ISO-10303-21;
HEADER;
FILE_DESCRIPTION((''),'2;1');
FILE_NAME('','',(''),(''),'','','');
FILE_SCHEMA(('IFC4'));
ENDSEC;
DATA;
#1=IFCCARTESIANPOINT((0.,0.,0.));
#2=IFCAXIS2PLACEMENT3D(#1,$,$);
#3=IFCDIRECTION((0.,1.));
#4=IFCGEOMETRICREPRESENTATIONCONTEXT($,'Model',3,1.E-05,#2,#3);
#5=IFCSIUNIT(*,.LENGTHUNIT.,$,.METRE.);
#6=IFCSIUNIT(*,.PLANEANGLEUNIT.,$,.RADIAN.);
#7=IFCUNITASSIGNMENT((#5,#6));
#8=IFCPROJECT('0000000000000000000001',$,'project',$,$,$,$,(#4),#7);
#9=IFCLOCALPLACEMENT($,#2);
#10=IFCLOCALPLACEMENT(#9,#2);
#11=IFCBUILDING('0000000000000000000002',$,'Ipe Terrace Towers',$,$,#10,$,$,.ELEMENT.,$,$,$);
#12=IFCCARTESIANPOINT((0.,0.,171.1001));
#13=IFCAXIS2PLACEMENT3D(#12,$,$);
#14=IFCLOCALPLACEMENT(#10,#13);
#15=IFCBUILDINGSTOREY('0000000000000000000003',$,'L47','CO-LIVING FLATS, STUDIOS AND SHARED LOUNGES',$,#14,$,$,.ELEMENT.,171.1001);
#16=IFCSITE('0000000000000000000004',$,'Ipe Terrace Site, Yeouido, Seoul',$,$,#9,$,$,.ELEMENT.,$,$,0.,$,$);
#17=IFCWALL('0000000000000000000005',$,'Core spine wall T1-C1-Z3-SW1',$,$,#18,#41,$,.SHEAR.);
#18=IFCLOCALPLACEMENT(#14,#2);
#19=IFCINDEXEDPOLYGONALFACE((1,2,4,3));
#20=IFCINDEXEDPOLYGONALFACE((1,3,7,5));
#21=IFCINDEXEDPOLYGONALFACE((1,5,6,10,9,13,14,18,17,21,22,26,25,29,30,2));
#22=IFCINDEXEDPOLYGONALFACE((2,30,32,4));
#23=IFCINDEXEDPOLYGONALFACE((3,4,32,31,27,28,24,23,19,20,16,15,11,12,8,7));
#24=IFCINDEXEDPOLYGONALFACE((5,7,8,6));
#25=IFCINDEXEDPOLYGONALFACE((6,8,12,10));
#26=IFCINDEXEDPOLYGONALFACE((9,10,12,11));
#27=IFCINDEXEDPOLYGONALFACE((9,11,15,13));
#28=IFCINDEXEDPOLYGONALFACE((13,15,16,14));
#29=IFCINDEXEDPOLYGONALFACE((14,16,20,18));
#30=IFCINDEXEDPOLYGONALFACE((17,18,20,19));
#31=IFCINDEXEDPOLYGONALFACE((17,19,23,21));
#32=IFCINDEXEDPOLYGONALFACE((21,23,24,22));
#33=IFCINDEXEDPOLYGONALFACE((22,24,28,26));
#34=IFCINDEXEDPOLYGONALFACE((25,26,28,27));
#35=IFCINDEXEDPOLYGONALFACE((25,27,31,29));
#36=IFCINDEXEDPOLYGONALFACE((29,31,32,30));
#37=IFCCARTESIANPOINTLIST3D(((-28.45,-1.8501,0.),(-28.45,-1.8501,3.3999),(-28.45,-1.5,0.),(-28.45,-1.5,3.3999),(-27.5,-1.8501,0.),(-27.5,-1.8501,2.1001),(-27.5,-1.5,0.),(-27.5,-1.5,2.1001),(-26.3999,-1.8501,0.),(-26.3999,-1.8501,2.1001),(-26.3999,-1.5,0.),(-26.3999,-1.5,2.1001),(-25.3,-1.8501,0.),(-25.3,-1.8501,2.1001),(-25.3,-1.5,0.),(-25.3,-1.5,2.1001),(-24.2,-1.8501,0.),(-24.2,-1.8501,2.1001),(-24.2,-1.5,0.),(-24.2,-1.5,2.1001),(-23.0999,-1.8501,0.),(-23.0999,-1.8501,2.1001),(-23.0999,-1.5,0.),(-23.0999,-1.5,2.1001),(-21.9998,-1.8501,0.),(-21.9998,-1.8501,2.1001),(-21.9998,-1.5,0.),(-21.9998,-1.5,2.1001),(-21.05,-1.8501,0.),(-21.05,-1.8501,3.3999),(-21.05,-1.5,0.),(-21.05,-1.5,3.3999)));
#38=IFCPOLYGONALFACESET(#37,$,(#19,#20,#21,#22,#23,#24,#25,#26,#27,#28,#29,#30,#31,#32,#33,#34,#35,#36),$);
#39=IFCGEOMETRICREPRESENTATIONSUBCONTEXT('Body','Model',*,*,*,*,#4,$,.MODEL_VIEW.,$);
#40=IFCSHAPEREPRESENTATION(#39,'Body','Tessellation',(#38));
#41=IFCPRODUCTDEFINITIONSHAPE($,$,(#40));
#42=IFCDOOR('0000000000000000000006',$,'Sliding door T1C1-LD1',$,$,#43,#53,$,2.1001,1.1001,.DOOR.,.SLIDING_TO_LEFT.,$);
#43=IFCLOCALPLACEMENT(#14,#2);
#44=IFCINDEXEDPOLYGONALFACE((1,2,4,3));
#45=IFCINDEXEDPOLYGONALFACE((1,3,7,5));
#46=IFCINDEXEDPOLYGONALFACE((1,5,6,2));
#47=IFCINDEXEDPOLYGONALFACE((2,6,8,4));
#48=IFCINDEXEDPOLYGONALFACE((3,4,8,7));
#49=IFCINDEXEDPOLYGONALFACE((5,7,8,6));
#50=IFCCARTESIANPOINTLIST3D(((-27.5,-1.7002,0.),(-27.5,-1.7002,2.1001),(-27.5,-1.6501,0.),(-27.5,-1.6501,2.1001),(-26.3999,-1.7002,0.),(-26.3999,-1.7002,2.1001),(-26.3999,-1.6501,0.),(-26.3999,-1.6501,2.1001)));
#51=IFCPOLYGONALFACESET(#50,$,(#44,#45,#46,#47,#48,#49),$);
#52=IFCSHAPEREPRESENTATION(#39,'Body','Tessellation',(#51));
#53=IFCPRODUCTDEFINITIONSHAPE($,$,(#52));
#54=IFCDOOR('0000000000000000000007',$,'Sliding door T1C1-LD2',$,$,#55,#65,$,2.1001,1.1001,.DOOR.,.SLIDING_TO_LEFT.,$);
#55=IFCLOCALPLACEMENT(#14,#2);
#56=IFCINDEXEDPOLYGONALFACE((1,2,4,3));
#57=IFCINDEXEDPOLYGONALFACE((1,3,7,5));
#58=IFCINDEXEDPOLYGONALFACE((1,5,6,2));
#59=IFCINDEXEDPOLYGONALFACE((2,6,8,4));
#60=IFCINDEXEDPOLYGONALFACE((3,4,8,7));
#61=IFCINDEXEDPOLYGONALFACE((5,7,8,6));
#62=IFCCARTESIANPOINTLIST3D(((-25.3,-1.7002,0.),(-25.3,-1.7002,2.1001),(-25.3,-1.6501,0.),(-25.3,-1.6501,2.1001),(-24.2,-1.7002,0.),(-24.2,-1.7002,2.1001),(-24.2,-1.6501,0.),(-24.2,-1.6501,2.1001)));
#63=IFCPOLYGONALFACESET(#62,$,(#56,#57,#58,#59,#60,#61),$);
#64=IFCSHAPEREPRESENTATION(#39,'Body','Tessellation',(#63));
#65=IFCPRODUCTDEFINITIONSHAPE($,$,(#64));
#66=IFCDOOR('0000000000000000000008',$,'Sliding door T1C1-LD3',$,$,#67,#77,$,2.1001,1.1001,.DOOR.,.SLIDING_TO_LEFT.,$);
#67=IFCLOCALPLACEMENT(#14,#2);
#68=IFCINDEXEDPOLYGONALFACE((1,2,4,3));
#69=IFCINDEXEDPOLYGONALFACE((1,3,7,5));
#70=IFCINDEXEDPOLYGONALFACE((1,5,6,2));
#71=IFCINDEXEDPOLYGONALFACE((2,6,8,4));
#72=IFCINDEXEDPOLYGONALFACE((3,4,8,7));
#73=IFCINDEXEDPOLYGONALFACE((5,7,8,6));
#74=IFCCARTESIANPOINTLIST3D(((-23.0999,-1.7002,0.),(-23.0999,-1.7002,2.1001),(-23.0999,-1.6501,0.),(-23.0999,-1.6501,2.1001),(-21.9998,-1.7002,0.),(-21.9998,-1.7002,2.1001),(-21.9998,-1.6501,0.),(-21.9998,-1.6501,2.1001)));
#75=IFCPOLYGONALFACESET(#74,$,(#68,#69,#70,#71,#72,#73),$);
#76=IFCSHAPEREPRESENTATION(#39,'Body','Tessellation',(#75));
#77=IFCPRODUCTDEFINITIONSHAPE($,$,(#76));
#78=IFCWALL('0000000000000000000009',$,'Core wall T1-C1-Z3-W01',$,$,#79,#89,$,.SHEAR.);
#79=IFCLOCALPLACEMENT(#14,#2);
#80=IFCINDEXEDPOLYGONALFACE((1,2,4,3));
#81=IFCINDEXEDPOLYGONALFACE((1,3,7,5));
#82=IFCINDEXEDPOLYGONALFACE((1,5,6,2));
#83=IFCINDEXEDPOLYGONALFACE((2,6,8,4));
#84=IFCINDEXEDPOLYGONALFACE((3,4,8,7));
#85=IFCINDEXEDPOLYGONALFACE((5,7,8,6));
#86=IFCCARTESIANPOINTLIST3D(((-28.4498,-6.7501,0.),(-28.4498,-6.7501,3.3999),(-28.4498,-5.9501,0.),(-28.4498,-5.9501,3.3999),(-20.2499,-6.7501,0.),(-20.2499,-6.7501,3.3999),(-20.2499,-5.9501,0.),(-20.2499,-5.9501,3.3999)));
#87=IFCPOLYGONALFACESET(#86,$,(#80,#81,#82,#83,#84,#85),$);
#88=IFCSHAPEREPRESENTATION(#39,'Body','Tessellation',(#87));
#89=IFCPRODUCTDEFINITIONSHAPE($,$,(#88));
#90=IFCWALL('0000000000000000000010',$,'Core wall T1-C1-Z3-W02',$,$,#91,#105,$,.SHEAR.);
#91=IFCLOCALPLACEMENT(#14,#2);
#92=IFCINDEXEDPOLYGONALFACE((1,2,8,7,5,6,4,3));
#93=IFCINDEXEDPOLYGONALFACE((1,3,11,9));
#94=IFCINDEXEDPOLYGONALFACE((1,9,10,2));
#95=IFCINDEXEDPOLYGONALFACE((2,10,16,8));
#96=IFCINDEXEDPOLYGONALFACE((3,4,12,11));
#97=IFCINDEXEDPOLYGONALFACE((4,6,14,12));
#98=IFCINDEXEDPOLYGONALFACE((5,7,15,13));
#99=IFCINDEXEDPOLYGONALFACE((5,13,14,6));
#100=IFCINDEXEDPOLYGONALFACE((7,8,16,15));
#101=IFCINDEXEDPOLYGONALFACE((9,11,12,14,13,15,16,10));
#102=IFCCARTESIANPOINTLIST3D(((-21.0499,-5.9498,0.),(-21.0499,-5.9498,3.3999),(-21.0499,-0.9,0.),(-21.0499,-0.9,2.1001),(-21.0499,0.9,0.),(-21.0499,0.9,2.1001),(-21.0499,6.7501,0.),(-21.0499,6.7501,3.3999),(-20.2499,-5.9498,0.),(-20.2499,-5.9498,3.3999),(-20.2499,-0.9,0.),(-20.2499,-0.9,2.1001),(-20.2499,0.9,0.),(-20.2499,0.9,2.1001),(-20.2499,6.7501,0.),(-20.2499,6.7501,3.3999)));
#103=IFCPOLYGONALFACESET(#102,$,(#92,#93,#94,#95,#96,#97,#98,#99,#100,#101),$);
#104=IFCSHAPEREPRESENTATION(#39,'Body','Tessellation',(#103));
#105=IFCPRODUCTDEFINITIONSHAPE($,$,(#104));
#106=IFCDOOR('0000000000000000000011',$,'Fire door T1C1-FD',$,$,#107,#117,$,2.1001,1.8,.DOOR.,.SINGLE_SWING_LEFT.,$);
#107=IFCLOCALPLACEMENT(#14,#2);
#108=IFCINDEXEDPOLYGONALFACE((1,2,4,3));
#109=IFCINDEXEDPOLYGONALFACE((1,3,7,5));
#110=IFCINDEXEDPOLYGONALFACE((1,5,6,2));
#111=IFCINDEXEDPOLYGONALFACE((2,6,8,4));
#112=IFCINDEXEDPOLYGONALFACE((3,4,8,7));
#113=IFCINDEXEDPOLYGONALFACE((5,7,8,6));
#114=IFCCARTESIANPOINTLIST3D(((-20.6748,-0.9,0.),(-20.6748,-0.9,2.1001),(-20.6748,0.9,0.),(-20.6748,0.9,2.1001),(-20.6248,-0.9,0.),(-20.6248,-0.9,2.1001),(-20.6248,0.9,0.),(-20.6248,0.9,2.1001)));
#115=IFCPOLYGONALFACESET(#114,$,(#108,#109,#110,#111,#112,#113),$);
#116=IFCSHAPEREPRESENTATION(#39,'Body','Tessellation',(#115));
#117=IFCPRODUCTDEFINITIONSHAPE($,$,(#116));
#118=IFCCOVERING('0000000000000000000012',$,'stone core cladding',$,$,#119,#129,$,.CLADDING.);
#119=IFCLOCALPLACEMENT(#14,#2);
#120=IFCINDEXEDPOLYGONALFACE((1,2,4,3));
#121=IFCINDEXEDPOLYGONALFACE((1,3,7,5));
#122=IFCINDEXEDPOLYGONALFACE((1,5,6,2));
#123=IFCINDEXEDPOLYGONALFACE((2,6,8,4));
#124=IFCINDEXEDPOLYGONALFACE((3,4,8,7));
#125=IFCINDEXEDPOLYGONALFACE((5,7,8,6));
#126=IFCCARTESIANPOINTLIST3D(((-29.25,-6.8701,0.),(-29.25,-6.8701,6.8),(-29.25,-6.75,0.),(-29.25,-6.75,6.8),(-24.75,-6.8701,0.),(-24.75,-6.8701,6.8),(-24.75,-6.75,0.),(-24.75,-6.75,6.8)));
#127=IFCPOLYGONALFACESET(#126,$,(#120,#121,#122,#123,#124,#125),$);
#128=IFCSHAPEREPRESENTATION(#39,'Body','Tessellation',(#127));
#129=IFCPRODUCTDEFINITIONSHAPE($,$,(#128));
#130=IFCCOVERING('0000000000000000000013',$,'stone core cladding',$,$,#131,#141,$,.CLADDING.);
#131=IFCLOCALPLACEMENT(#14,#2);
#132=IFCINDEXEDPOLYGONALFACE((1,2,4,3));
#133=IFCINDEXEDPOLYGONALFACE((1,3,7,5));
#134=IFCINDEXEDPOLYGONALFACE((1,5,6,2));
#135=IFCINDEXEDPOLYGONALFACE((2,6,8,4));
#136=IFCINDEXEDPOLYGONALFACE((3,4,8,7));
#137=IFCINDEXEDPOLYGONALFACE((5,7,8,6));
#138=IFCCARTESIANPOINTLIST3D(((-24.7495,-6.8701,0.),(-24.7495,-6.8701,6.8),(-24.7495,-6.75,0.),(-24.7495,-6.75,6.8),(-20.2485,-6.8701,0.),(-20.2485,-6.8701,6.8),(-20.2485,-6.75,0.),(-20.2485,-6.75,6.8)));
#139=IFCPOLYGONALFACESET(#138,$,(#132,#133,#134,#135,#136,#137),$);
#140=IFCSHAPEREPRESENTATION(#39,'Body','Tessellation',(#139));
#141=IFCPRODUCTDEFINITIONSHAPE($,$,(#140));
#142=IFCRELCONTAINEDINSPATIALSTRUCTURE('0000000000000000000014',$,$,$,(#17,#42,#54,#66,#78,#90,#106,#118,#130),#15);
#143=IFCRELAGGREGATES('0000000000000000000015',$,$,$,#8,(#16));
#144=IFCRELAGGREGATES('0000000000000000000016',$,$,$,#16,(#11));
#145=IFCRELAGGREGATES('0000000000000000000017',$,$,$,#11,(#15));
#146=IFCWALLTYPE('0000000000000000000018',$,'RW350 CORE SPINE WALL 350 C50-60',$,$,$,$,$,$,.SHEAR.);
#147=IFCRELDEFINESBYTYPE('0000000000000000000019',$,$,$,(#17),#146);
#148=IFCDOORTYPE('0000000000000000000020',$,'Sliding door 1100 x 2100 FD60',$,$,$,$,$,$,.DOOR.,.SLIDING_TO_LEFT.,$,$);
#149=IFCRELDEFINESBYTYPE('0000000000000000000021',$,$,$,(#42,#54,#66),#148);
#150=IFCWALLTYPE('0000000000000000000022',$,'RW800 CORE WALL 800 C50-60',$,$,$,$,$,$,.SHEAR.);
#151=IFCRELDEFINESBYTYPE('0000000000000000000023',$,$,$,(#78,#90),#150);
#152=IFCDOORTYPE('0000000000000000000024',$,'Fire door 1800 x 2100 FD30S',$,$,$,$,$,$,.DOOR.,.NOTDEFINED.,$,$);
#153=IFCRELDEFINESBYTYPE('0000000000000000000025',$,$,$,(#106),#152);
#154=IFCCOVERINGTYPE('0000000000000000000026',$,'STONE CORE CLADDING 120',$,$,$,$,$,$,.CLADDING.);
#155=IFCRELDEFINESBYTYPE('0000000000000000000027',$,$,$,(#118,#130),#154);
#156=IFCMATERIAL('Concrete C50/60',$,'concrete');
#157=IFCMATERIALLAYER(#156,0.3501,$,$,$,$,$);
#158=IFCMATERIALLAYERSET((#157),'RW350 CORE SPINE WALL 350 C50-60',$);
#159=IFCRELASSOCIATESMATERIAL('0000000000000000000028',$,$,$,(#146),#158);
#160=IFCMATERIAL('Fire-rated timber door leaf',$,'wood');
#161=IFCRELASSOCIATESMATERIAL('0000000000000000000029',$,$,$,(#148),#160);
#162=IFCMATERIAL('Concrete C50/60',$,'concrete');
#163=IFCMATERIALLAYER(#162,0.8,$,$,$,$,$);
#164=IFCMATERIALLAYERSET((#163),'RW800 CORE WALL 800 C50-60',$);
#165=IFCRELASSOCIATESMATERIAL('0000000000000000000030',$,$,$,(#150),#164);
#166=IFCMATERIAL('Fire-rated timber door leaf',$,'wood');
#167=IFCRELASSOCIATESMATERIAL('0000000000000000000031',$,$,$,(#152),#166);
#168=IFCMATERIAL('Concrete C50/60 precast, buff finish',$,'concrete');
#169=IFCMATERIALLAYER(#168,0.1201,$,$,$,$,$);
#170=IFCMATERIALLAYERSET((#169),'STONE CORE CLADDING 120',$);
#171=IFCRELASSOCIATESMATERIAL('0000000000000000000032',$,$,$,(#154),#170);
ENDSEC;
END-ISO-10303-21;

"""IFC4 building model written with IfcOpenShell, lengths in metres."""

from ifc_helpers import new_model, si_unit, direction, frame, frame_2d, origin, origin_2d, place, context, subcontext, project, spatial, rectangle, extrude, material, layer, layer_set, type_object, element, fill, save


model = new_model("IFC4")

# Units and contexts
model_context = context("Model", 3, precision=1e-05, world=origin(), true_north=direction((0.0, 1.0)))
body_context = subcontext(model_context, "Body", "Model", "MODEL_VIEW")
ifc_project = project(units=[si_unit("LENGTHUNIT", "METRE"), si_unit("PLANEANGLEUNIT", "RADIAN")], contexts=[model_context])

# Site, building, storey
site_placement = place(None, origin())
site = spatial("IfcSite", under=ifc_project, at=site_placement, Name="Ipe Terrace Site, Yeouido, Seoul", CompositionType="ELEMENT", RefElevation=0.0)
building_placement = place(site_placement, origin())
building = spatial("IfcBuilding", under=site, at=building_placement, Name="Ipe Terrace Towers", CompositionType="ELEMENT")
storey_placement = place(building_placement, frame((0.0, 0.0, 171.1001)))
storey = spatial("IfcBuildingStorey", under=building, at=storey_placement, Name="L47", Description="CO-LIVING FLATS, STUDIOS AND SHARED LOUNGES", CompositionType="ELEMENT", Elevation=171.1001)

# Wall, openings, doors
ifc_material_1 = material(Name="Concrete C50/60", Category="concrete")
ifc_layer_1 = layer(ifc_material_1, 0.3501)
ifc_layer_set_1 = layer_set([ifc_layer_1], Name="RW350 CORE SPINE WALL 350 C50-60")
wall_type_1 = type_object("IfcWallType", Name="RW350 CORE SPINE WALL 350 C50-60", PredefinedType="SHEAR", material=ifc_layer_set_1)
wall_1_placement = place(storey_placement, frame((-28.45, -1.675, 0.0), z_axis=(0.0, 0.0, 1.0), x_axis=(1.0, 0.0, 0.0)))
wall_1 = element("IfcWall", 1, at=wall_1_placement, inside=storey, type_object=wall_type_1, Name="Core spine wall T1-C1-Z3-SW1", PredefinedType="SHEAR", context=body_context, shape_type="SweptSolid", body=[
    extrude(rectangle(XDim=7.3999, YDim=0.3501, at=frame_2d((3.7, 0.0))), origin(), (0.0, 0.0, 1.0), 3.3999),
])
opening_1_placement = place(wall_1_placement, frame((0.95, 0.0, 0.0)))
opening_1 = element("IfcOpeningElement", 2, at=opening_1_placement, cuts=wall_1, PredefinedType="OPENING", context=body_context, shape_type="SweptSolid", body=[
    extrude(rectangle(XDim=1.1001, YDim=2.1001, at=frame_2d((0.55, 1.05))), frame((0.0, 0.1851, 0.0), z_axis=(0.0, -1.0, 0.0), x_axis=(1.0, 0.0, 0.0)), (0.0, 0.0, 1.0), 0.3701),
])
opening_2_placement = place(wall_1_placement, frame((3.1499, 0.0, 0.0)))
opening_2 = element("IfcOpeningElement", 3, at=opening_2_placement, cuts=wall_1, PredefinedType="OPENING", context=body_context, shape_type="SweptSolid", body=[
    extrude(rectangle(XDim=1.1001, YDim=2.1001, at=frame_2d((0.55, 1.05))), frame((0.0, 0.1851, 0.0), z_axis=(0.0, -1.0, 0.0), x_axis=(1.0, 0.0, 0.0)), (0.0, 0.0, 1.0), 0.3701),
])
opening_3_placement = place(wall_1_placement, frame((5.3501, 0.0, 0.0)))
opening_3 = element("IfcOpeningElement", 4, at=opening_3_placement, cuts=wall_1, PredefinedType="OPENING", context=body_context, shape_type="SweptSolid", body=[
    extrude(rectangle(XDim=1.1001, YDim=2.1001, at=frame_2d((0.55, 1.05))), frame((0.0, 0.1851, 0.0), z_axis=(0.0, -1.0, 0.0), x_axis=(1.0, 0.0, 0.0)), (0.0, 0.0, 1.0), 0.3701),
])
ifc_material_2 = material(Name="Fire-rated timber door leaf", Category="wood")
door_type_1 = type_object("IfcDoorType", Name="Sliding door 1100 x 2100 FD60", OperationType="SLIDING_TO_LEFT", PredefinedType="DOOR", material=ifc_material_2)
door_1_placement = place(opening_1_placement, origin())
door_1 = element("IfcDoor", 5, at=door_1_placement, inside=storey, type_object=door_type_1, Name="Sliding door T1C1-LD1", OperationType="SLIDING_TO_LEFT", OverallHeight=2.1001, OverallWidth=1.1001, PredefinedType="DOOR", context=body_context, shape_type="SweptSolid", body=[
    extrude(rectangle(XDim=1.1001, YDim=2.1001, at=frame_2d((0.55, 1.05))), frame((0.0, 0.0249, 0.0), z_axis=(0.0, -1.0, 0.0), x_axis=(1.0, 0.0, 0.0)), (0.0, 0.0, 1.0), 0.05),
])
fill(opening_1, door_1)
door_2_placement = place(opening_2_placement, origin())
door_2 = element("IfcDoor", 6, at=door_2_placement, inside=storey, type_object=door_type_1, Name="Sliding door T1C1-LD2", OperationType="SLIDING_TO_LEFT", OverallHeight=2.1001, OverallWidth=1.1001, PredefinedType="DOOR", context=body_context, shape_type="SweptSolid", body=[
    extrude(rectangle(XDim=1.1001, YDim=2.1001, at=frame_2d((0.55, 1.05))), frame((0.0, 0.0249, 0.0), z_axis=(0.0, -1.0, 0.0), x_axis=(1.0, 0.0, 0.0)), (0.0, 0.0, 1.0), 0.05),
])
fill(opening_2, door_2)
door_3_placement = place(opening_3_placement, origin())
door_3 = element("IfcDoor", 7, at=door_3_placement, inside=storey, type_object=door_type_1, Name="Sliding door T1C1-LD3", OperationType="SLIDING_TO_LEFT", OverallHeight=2.1001, OverallWidth=1.1001, PredefinedType="DOOR", context=body_context, shape_type="SweptSolid", body=[
    extrude(rectangle(XDim=1.1001, YDim=2.1001, at=frame_2d((0.55, 1.05))), frame((0.0, 0.0249, 0.0), z_axis=(0.0, -1.0, 0.0), x_axis=(1.0, 0.0, 0.0)), (0.0, 0.0, 1.0), 0.05),
])
fill(opening_3, door_3)

# Wall
ifc_material_3 = material(Name="Concrete C50/60", Category="concrete")
ifc_layer_2 = layer(ifc_material_3, 0.8)
ifc_layer_set_2 = layer_set([ifc_layer_2], Name="RW800 CORE WALL 800 C50-60")
wall_type_2 = type_object("IfcWallType", Name="RW800 CORE WALL 800 C50-60", PredefinedType="SHEAR", material=ifc_layer_set_2)
wall_2_placement = place(storey_placement, frame((-28.45, -6.3501, 0.0), z_axis=(0.0, 0.0, 1.0), x_axis=(1.0, 0.0, 0.0)))
element("IfcWall", 8, at=wall_2_placement, inside=storey, type_object=wall_type_2, Name="Core wall T1-C1-Z3-W01", PredefinedType="SHEAR", context=body_context, shape_type="SweptSolid", body=[
    extrude(rectangle(XDim=8.2, YDim=0.8, at=frame_2d((4.1001, 0.0))), origin(), (0.0, 0.0, 1.0), 3.3999),
])

# Wall, opening, door
wall_3_placement = place(storey_placement, frame((-20.6499, -5.95, 0.0), z_axis=(0.0, 0.0, 1.0), x_axis=(0.0, 1.0, 0.0)))
wall_3 = element("IfcWall", 9, at=wall_3_placement, inside=storey, type_object=wall_type_2, Name="Core wall T1-C1-Z3-W02", PredefinedType="SHEAR", context=body_context, shape_type="SweptSolid", body=[
    extrude(rectangle(XDim=12.7, YDim=0.8, at=frame_2d((6.3501, 0.0))), origin(), (0.0, 0.0, 1.0), 3.3999),
])
opening_4_placement = place(wall_3_placement, frame((5.05, 0.0, 0.0)))
opening_4 = element("IfcOpeningElement", 10, at=opening_4_placement, cuts=wall_3, PredefinedType="OPENING", context=body_context, shape_type="SweptSolid", body=[
    extrude(rectangle(XDim=1.8, YDim=2.1001, at=frame_2d((0.8999, 1.05))), frame((0.0, 0.4102, 0.0), z_axis=(0.0, -1.0, 0.0), x_axis=(1.0, 0.0, 0.0)), (0.0, 0.0, 1.0), 0.8201),
])
ifc_material_4 = material(Name="Fire-rated timber door leaf", Category="wood")
door_type_2 = type_object("IfcDoorType", Name="Fire door 1800 x 2100 FD30S", OperationType="NOTDEFINED", PredefinedType="DOOR", material=ifc_material_4)
door_4_placement = place(opening_4_placement, origin())
door_4 = element("IfcDoor", 11, at=door_4_placement, inside=storey, type_object=door_type_2, Name="Fire door T1C1-FD", OperationType="SINGLE_SWING_LEFT", OverallHeight=2.1001, OverallWidth=1.8, PredefinedType="DOOR", context=body_context, shape_type="SweptSolid", body=[
    extrude(rectangle(XDim=1.8, YDim=2.1001, at=frame_2d((0.8999, 1.05))), frame((0.0, 0.0249, 0.0), z_axis=(0.0, -1.0, 0.0), x_axis=(1.0, 0.0, 0.0)), (0.0, 0.0, 1.0), 0.05),
])
fill(opening_4, door_4)

# Coverings
ifc_material_5 = material(Name="Concrete C50/60 precast, buff finish", Category="concrete")
ifc_layer_3 = layer(ifc_material_5, 0.1201)
ifc_layer_set_3 = layer_set([ifc_layer_3], Name="STONE CORE CLADDING 120")
covering_type = type_object("IfcCoveringType", Name="STONE CORE CLADDING 120", PredefinedType="CLADDING", material=ifc_layer_set_3)
covering_1_placement = place(storey_placement, frame((-27.0, -6.8101, 0.0), z_axis=(0.0, 0.0, 1.0), x_axis=(1.0, 0.0, 0.0)))
element("IfcCovering", 12, at=covering_1_placement, inside=storey, type_object=covering_type, Name="stone core cladding", PredefinedType="CLADDING", context=body_context, shape_type="SweptSolid", body=[
    extrude(rectangle(XDim=4.5, YDim=0.1201, at=origin_2d()), origin(), (0.0, 0.0, 1.0), 6.8),
])
covering_2_placement = place(storey_placement, frame((-22.499, -6.8101, 0.0), z_axis=(0.0, 0.0, 1.0), x_axis=(1.0, 0.0, 0.0)))
element("IfcCovering", 13, at=covering_2_placement, inside=storey, type_object=covering_type, Name="stone core cladding", PredefinedType="CLADDING", context=body_context, shape_type="SweptSolid", body=[
    extrude(rectangle(XDim=4.501, YDim=0.1201, at=origin_2d()), origin(), (0.0, 0.0, 1.0), 6.8),
])

save(model, "model.ifc")
